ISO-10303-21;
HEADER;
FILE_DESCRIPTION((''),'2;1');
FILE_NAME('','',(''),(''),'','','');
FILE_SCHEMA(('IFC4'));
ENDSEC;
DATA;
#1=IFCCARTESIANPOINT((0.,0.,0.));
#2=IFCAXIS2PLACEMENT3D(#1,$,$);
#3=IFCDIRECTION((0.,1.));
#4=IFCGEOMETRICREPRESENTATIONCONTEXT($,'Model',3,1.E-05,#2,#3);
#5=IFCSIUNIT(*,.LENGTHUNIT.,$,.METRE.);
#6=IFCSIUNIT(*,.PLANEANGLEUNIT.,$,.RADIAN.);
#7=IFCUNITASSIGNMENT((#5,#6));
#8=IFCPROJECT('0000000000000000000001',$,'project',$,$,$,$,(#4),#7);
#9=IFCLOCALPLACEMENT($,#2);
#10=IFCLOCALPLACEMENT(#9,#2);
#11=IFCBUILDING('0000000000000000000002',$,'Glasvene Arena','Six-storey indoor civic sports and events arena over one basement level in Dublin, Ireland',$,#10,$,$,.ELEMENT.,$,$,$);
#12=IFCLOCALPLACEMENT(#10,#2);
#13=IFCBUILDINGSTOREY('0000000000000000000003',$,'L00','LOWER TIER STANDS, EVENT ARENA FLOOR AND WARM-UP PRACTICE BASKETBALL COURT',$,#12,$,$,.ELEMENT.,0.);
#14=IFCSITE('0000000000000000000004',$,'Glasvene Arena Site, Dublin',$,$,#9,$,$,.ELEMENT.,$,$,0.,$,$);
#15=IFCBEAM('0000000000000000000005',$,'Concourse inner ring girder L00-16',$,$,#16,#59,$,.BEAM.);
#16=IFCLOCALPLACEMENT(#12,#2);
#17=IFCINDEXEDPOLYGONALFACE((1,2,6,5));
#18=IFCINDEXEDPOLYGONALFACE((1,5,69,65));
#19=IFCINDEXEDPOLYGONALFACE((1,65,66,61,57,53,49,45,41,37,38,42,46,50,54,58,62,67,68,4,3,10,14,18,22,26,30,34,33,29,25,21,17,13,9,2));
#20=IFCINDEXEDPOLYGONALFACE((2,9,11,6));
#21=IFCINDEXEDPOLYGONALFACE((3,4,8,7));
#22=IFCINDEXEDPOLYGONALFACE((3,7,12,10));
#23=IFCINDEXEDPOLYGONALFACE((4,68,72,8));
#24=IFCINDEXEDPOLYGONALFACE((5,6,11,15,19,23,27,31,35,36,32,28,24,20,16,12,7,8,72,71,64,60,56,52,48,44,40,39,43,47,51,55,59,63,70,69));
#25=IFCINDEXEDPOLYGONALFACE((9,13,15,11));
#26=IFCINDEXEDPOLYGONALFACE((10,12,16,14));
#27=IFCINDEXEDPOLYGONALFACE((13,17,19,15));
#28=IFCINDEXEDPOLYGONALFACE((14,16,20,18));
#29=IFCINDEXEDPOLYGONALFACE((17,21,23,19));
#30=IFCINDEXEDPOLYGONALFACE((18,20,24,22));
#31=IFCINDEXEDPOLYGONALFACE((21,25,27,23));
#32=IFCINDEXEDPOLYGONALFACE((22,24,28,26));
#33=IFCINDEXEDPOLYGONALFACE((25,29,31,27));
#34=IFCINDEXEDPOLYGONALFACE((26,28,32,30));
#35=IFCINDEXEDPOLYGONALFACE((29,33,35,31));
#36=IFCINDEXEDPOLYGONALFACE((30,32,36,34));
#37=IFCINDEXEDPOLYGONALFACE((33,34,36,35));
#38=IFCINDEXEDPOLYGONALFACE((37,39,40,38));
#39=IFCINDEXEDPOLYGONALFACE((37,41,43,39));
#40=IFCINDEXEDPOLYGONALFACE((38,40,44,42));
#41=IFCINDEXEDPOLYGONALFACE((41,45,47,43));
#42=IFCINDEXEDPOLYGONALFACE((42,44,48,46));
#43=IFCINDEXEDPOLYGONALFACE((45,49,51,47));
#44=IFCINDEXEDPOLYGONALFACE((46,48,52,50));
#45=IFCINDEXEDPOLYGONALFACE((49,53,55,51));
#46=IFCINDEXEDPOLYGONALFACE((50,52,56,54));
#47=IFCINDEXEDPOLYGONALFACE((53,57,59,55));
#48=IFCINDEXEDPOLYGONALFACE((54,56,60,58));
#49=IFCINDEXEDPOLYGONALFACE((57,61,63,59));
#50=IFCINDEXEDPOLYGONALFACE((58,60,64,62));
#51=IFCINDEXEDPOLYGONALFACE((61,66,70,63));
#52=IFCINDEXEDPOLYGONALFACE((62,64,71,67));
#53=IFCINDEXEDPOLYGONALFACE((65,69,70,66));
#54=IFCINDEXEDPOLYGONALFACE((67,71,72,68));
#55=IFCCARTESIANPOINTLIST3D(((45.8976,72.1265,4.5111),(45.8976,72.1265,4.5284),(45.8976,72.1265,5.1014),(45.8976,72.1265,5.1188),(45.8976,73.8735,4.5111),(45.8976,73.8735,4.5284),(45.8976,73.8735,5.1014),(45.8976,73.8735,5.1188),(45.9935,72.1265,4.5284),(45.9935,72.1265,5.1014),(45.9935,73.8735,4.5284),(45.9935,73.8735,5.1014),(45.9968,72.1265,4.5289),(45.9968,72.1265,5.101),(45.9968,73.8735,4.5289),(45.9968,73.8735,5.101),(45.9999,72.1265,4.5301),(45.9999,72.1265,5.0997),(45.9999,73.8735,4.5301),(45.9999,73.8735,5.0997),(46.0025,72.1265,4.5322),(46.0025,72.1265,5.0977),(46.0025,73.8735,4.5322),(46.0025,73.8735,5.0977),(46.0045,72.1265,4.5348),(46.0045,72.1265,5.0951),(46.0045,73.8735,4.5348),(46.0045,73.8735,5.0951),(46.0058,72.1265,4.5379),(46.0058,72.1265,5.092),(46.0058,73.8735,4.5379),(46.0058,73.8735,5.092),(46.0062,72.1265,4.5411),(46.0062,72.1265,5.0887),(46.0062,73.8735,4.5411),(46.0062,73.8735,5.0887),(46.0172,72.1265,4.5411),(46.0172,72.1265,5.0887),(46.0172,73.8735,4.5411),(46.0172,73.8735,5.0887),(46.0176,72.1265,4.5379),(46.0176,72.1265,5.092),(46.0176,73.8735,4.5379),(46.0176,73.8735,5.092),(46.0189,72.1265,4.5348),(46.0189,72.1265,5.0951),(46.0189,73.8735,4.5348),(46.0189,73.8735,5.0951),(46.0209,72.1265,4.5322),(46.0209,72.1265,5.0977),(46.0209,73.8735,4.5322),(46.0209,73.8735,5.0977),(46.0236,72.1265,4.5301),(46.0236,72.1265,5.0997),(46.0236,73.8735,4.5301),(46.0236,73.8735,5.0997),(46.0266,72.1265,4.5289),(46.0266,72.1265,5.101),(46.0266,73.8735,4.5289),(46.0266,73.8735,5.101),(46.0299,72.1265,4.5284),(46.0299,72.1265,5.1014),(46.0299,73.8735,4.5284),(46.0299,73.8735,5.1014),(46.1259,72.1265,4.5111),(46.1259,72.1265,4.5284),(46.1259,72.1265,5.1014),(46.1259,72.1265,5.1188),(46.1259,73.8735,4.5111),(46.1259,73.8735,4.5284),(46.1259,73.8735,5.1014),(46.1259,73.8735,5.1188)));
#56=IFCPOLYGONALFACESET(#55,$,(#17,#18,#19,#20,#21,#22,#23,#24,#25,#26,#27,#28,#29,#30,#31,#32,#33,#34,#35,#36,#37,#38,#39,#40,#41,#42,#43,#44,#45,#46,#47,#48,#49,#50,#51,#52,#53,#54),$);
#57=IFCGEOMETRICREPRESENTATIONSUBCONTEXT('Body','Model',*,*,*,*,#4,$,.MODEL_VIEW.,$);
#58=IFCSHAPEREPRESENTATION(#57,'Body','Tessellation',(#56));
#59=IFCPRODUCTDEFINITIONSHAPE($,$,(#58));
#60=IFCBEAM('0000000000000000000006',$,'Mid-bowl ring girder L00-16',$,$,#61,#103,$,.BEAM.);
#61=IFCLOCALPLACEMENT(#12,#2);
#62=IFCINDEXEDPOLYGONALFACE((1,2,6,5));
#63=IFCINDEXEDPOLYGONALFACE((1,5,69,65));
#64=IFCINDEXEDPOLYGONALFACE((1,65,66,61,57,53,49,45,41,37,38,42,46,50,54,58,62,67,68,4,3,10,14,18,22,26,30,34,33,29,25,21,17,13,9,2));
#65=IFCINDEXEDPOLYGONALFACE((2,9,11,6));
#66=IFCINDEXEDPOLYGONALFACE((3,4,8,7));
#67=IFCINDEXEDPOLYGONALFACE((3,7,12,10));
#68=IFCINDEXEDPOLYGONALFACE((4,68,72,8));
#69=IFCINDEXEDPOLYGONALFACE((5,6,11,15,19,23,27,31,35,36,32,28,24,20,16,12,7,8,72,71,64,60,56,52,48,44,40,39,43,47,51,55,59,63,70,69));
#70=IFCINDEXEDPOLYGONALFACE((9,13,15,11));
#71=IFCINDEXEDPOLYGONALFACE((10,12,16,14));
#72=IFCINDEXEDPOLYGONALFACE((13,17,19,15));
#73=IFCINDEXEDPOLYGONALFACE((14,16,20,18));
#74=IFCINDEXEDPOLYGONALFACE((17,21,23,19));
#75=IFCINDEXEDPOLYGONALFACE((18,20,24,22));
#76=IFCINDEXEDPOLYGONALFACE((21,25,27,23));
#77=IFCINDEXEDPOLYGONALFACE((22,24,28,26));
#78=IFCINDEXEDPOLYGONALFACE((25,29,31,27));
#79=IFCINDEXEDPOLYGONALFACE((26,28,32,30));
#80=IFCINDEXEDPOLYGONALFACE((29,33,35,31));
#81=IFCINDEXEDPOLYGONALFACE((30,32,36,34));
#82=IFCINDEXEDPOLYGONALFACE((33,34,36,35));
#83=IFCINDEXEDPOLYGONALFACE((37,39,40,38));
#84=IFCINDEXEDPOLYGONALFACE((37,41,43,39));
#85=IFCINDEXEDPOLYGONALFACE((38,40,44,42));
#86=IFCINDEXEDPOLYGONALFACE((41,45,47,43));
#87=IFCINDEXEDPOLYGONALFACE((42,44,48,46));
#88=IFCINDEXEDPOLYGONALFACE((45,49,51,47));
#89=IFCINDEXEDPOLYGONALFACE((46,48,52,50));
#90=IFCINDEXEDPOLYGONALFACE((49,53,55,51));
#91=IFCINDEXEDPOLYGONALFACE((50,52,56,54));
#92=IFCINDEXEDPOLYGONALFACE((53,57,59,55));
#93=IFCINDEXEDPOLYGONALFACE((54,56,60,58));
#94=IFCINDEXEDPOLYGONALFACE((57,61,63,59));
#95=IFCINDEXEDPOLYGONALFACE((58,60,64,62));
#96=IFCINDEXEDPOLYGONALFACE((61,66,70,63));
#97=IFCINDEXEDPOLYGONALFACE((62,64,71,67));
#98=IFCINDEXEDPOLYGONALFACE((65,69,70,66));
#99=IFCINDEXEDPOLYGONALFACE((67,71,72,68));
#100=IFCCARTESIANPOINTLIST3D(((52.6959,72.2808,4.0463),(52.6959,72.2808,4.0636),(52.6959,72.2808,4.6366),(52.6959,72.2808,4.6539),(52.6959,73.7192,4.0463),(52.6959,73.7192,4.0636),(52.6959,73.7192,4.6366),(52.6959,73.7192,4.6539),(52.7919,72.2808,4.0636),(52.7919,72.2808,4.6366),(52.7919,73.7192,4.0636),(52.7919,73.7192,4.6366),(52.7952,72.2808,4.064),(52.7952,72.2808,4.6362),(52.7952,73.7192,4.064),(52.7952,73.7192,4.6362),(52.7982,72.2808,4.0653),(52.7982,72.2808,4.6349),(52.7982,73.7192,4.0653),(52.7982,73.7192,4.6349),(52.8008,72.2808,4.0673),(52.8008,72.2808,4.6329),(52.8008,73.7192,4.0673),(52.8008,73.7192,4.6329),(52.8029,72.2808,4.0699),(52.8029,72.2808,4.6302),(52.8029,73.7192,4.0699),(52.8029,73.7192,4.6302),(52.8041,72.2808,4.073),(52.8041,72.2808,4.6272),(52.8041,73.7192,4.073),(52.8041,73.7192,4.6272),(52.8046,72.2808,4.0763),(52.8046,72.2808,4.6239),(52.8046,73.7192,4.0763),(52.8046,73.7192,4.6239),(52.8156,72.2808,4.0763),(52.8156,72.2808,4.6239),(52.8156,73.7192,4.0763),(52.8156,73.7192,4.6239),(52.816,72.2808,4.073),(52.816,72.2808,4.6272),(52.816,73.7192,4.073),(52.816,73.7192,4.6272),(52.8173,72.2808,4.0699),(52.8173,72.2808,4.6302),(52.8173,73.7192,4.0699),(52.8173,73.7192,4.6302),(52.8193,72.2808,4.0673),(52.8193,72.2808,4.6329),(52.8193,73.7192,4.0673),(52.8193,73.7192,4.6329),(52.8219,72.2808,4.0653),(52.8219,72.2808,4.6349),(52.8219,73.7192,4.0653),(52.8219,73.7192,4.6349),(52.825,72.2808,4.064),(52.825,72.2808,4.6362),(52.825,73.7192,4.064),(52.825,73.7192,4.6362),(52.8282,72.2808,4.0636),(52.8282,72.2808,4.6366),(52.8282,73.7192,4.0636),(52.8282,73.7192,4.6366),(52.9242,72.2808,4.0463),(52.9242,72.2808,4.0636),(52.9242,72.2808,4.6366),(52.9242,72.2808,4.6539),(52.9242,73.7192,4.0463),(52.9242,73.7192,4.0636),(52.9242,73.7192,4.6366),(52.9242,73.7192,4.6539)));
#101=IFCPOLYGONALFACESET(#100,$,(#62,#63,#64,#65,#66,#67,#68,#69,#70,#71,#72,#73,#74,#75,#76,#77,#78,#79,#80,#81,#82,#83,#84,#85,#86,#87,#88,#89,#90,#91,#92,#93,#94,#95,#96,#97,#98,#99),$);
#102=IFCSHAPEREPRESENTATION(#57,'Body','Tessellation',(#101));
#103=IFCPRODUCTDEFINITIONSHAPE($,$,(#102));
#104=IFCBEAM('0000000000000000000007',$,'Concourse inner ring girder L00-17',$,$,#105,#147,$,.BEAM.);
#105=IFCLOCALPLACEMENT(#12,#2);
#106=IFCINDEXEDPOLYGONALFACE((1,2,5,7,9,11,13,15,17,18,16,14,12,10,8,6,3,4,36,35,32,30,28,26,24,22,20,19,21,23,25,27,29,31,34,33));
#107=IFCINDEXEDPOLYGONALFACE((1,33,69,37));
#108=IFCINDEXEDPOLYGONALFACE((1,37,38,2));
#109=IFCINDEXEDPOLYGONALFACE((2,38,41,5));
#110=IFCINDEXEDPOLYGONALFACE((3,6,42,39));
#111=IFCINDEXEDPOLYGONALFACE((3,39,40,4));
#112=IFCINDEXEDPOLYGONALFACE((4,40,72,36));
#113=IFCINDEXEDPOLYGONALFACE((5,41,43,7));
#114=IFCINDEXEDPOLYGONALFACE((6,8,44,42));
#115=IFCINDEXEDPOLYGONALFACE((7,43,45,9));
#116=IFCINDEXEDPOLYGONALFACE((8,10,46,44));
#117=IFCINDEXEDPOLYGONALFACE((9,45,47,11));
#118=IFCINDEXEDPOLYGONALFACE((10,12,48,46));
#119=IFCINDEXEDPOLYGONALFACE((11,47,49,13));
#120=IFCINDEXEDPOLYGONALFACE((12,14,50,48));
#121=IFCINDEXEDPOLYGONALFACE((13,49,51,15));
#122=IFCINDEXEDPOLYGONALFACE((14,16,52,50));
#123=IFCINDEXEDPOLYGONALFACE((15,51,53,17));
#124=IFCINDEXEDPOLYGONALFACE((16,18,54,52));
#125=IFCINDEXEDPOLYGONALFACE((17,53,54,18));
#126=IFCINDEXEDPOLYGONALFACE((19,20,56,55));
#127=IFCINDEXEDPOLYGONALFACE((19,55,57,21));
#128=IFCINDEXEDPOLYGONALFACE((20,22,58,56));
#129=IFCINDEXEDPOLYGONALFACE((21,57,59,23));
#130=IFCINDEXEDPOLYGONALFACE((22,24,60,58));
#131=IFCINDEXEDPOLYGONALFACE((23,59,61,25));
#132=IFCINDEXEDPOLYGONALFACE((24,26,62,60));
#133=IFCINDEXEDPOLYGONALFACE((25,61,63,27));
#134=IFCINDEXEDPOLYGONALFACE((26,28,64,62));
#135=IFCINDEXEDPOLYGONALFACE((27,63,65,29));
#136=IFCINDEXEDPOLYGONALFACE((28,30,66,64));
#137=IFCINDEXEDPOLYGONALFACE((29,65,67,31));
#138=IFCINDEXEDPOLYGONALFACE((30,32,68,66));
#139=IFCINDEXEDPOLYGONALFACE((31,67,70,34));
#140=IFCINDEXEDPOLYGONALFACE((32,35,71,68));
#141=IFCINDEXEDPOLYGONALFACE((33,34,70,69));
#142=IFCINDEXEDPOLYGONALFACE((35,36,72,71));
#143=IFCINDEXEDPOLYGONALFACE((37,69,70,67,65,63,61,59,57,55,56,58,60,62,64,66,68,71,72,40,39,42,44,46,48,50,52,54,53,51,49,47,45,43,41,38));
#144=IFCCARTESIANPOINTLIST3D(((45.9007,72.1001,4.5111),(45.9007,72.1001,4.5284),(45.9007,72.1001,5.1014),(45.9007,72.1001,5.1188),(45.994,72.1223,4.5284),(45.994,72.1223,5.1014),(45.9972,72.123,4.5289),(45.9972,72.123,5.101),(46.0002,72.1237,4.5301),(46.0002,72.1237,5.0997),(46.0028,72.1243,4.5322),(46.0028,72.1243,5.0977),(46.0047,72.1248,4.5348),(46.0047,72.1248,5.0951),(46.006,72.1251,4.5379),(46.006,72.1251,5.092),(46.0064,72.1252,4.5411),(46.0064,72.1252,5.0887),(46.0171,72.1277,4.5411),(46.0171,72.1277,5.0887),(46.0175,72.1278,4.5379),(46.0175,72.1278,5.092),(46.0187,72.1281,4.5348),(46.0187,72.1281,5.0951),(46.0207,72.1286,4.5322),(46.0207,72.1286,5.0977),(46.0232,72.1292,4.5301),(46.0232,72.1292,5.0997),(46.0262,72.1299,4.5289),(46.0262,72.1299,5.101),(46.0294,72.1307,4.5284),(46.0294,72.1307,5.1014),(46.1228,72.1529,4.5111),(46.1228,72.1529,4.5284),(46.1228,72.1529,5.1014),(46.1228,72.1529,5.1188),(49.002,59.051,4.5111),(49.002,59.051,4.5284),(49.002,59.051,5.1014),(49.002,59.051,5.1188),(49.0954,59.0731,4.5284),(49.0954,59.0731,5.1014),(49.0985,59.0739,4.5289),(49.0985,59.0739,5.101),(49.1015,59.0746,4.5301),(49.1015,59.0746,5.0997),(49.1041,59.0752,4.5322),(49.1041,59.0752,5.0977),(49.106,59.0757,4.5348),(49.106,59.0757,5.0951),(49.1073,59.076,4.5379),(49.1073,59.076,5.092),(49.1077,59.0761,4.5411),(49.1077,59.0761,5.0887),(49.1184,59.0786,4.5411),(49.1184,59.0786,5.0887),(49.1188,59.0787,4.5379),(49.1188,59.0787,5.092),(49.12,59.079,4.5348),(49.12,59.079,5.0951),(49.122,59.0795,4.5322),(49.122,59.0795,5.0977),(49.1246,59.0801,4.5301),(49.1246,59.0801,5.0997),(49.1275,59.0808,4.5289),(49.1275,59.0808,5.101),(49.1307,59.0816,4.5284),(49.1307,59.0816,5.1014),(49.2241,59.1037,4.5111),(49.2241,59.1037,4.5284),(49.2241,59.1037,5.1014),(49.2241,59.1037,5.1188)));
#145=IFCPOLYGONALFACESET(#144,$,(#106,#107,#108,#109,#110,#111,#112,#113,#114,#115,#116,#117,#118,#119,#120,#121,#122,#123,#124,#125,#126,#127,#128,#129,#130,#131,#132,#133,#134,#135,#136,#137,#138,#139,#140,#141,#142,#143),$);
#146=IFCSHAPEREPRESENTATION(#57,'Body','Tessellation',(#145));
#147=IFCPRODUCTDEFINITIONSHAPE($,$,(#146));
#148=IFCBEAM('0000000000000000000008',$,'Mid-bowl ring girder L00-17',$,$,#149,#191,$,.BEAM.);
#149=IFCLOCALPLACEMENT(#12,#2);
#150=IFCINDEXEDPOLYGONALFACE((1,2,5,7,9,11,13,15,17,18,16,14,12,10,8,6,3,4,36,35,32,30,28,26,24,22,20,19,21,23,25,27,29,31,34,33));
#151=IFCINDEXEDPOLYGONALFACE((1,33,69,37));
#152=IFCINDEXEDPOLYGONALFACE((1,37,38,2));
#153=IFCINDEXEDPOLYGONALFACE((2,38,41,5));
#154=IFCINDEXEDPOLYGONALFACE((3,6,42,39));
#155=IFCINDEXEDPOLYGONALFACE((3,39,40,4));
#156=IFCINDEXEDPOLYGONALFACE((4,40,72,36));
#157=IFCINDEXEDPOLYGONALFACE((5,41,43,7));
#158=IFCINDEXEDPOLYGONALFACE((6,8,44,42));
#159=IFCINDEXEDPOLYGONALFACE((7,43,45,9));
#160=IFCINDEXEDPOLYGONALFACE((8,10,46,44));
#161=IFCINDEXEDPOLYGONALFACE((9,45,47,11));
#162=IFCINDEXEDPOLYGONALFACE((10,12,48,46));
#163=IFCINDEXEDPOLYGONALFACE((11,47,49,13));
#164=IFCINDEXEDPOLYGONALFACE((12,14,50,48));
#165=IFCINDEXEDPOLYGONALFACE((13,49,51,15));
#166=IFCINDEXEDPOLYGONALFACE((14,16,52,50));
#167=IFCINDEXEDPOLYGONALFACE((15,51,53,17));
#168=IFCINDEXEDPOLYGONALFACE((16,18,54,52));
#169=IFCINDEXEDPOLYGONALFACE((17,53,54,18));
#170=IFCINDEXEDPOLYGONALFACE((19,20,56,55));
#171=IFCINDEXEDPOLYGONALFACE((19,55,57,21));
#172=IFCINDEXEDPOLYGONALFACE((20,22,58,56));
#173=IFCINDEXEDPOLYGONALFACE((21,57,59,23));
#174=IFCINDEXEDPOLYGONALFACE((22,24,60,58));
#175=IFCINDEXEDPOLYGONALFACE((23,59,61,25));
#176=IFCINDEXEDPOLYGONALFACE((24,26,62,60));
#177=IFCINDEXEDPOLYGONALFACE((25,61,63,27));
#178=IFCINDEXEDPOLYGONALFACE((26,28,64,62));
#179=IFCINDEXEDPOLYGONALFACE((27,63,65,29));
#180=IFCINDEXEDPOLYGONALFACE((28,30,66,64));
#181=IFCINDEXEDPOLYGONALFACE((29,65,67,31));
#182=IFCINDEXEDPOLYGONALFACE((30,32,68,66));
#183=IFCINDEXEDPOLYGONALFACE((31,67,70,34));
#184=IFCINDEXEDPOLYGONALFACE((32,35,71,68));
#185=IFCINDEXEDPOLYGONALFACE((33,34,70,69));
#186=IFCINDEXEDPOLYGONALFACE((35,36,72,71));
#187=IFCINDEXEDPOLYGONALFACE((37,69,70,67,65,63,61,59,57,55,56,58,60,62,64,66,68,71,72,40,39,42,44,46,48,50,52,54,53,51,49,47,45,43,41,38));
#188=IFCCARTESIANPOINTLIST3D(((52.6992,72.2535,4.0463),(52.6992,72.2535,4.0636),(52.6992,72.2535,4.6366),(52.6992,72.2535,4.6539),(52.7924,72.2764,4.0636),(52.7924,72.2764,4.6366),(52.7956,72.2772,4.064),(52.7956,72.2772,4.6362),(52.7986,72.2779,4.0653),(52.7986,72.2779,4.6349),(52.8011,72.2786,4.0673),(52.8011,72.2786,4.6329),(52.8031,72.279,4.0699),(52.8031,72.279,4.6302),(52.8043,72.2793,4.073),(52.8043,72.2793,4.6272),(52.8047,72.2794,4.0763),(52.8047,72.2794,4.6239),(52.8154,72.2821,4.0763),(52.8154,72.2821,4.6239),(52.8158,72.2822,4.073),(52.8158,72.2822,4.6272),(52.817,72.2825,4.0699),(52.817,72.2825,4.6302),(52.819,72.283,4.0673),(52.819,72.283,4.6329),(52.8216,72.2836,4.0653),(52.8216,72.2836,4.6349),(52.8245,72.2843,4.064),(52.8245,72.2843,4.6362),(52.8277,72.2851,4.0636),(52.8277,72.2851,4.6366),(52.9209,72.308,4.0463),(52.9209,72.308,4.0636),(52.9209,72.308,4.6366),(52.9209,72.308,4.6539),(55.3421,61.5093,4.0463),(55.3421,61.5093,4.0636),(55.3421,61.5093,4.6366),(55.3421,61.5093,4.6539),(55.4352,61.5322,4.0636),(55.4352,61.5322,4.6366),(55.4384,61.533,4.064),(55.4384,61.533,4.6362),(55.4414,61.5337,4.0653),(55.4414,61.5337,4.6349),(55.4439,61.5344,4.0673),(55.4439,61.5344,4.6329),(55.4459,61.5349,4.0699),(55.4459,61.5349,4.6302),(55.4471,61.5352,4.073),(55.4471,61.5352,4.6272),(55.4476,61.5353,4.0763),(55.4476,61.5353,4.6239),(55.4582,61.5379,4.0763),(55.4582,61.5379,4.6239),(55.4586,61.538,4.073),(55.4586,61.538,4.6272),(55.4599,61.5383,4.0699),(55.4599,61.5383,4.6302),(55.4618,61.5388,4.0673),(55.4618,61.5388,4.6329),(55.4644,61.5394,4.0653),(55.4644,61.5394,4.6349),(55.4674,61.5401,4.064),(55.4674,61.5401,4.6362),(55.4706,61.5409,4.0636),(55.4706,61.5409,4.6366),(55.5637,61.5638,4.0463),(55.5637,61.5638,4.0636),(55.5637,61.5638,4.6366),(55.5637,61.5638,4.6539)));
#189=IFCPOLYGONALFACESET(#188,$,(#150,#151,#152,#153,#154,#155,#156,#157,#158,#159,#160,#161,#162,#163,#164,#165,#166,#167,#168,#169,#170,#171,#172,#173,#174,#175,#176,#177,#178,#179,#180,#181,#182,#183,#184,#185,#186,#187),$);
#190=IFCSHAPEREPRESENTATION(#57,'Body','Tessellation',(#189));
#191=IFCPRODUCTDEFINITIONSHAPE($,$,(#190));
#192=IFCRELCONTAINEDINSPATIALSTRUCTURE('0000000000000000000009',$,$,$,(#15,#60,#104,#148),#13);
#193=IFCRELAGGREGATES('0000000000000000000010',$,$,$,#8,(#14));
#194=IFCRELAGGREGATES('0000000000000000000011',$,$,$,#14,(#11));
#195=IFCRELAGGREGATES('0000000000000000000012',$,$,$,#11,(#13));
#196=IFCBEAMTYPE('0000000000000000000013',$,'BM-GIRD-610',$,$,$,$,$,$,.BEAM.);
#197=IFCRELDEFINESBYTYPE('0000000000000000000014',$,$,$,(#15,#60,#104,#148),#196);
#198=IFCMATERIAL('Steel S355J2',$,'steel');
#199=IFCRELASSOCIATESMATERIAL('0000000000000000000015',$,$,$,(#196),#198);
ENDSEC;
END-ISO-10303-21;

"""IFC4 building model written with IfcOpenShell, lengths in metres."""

from ifc_helpers import new_model, si_unit, direction, frame, origin, origin_2d, place, context, subcontext, project, spatial, i_section, extrude, material, material_profile, profile_set, type_object, element, save


model = new_model("IFC4")

# Units and contexts
model_context = context("Model", 3, precision=1e-05, world=origin(), true_north=direction((0.0, 1.0)))
body_context = subcontext(model_context, "Body", "Model", "MODEL_VIEW")
ifc_project = project(units=[si_unit("LENGTHUNIT", "METRE"), si_unit("PLANEANGLEUNIT", "RADIAN")], contexts=[model_context])

# Site, building, storey
site_placement = place(None, origin())
site = spatial("IfcSite", under=ifc_project, at=site_placement, Name="Glasvene Arena Site, Dublin", CompositionType="ELEMENT", RefElevation=0.0)
building_placement = place(site_placement, origin())
building = spatial("IfcBuilding", under=site, at=building_placement, Name="Glasvene Arena", Description="Six-storey indoor civic sports and events arena over one basement level in Dublin, Ireland", CompositionType="ELEMENT")
storey_placement = place(building_placement, origin())
storey = spatial("IfcBuildingStorey", under=building, at=storey_placement, Name="L00", Description="LOWER TIER STANDS, EVENT ARENA FLOOR AND WARM-UP PRACTICE BASKETBALL COURT", CompositionType="ELEMENT", Elevation=0.0)

# Shared definitions
ifc_material_1 = material(Name="Steel S355J2", Category="steel")

# Beams
ifc_material_profile_1 = material_profile(ifc_material_1, i_section(OverallWidth=0.2283, OverallDepth=0.6077, WebThickness=0.011, FlangeThickness=0.0173, FilletRadius=0.0127, at=origin_2d()), Name="UKB 610x229x113")
ifc_profile_set_1 = profile_set([ifc_material_profile_1], Name="Steel S355J2")
beam_type_1 = type_object("IfcBeamType", Name="BM-GIRD-610", PredefinedType="BEAM", material=ifc_profile_set_1)
beam_1_placement = place(storey_placement, frame((46.0117, 73.8735, 4.8149), z_axis=(0.0, -1.0, 0.0), x_axis=(1.0, 0.0, 0.0)))
element("IfcBeam", 1, at=beam_1_placement, inside=storey, type_object=beam_type_1, Name="Concourse inner ring girder L00-16", PredefinedType="BEAM", context=body_context, shape_type="SweptSolid", body=[
    extrude(i_section(OverallWidth=0.2283, OverallDepth=0.6077, WebThickness=0.011, FlangeThickness=0.0173, FilletRadius=0.0127, at=origin_2d()), origin(), (0.0, 0.0, 1.0), 1.7471),
])
beam_2_placement = place(storey_placement, frame((52.8101, 73.7192, 4.3501), z_axis=(0.0, -1.0, 0.0), x_axis=(1.0, 0.0, 0.0)))
element("IfcBeam", 2, at=beam_2_placement, inside=storey, type_object=beam_type_1, Name="Mid-bowl ring girder L00-16", PredefinedType="BEAM", context=body_context, shape_type="SweptSolid", body=[
    extrude(i_section(OverallWidth=0.2283, OverallDepth=0.6077, WebThickness=0.011, FlangeThickness=0.0173, FilletRadius=0.0127, at=origin_2d()), origin(), (0.0, 0.0, 1.0), 1.4385),
])
beam_3_placement = place(storey_placement, frame((46.0117, 72.1265, 4.8149), z_axis=(0.231225, -0.9729, 0.0), x_axis=(0.9729, 0.231225, 0.0)))
element("IfcBeam", 3, at=beam_3_placement, inside=storey, type_object=beam_type_1, Name="Concourse inner ring girder L00-17", PredefinedType="BEAM", context=body_context, shape_type="SweptSolid", body=[
    extrude(i_section(OverallWidth=0.2283, OverallDepth=0.6077, WebThickness=0.011, FlangeThickness=0.0173, FilletRadius=0.0127, at=origin_2d()), origin(), (0.0, 0.0, 1.0), 13.4126),
])
beam_4_placement = place(storey_placement, frame((52.8101, 72.2808, 4.3501), z_axis=(0.238858, -0.971054, 0.0), x_axis=(0.971054, 0.238858, 0.0)))
element("IfcBeam", 4, at=beam_4_placement, inside=storey, type_object=beam_type_1, Name="Mid-bowl ring girder L00-17", PredefinedType="BEAM", context=body_context, shape_type="SweptSolid", body=[
    extrude(i_section(OverallWidth=0.2283, OverallDepth=0.6077, WebThickness=0.011, FlangeThickness=0.0173, FilletRadius=0.0127, at=origin_2d()), origin(), (0.0, 0.0, 1.0), 11.0645),
])

save(model, "model.ifc")
